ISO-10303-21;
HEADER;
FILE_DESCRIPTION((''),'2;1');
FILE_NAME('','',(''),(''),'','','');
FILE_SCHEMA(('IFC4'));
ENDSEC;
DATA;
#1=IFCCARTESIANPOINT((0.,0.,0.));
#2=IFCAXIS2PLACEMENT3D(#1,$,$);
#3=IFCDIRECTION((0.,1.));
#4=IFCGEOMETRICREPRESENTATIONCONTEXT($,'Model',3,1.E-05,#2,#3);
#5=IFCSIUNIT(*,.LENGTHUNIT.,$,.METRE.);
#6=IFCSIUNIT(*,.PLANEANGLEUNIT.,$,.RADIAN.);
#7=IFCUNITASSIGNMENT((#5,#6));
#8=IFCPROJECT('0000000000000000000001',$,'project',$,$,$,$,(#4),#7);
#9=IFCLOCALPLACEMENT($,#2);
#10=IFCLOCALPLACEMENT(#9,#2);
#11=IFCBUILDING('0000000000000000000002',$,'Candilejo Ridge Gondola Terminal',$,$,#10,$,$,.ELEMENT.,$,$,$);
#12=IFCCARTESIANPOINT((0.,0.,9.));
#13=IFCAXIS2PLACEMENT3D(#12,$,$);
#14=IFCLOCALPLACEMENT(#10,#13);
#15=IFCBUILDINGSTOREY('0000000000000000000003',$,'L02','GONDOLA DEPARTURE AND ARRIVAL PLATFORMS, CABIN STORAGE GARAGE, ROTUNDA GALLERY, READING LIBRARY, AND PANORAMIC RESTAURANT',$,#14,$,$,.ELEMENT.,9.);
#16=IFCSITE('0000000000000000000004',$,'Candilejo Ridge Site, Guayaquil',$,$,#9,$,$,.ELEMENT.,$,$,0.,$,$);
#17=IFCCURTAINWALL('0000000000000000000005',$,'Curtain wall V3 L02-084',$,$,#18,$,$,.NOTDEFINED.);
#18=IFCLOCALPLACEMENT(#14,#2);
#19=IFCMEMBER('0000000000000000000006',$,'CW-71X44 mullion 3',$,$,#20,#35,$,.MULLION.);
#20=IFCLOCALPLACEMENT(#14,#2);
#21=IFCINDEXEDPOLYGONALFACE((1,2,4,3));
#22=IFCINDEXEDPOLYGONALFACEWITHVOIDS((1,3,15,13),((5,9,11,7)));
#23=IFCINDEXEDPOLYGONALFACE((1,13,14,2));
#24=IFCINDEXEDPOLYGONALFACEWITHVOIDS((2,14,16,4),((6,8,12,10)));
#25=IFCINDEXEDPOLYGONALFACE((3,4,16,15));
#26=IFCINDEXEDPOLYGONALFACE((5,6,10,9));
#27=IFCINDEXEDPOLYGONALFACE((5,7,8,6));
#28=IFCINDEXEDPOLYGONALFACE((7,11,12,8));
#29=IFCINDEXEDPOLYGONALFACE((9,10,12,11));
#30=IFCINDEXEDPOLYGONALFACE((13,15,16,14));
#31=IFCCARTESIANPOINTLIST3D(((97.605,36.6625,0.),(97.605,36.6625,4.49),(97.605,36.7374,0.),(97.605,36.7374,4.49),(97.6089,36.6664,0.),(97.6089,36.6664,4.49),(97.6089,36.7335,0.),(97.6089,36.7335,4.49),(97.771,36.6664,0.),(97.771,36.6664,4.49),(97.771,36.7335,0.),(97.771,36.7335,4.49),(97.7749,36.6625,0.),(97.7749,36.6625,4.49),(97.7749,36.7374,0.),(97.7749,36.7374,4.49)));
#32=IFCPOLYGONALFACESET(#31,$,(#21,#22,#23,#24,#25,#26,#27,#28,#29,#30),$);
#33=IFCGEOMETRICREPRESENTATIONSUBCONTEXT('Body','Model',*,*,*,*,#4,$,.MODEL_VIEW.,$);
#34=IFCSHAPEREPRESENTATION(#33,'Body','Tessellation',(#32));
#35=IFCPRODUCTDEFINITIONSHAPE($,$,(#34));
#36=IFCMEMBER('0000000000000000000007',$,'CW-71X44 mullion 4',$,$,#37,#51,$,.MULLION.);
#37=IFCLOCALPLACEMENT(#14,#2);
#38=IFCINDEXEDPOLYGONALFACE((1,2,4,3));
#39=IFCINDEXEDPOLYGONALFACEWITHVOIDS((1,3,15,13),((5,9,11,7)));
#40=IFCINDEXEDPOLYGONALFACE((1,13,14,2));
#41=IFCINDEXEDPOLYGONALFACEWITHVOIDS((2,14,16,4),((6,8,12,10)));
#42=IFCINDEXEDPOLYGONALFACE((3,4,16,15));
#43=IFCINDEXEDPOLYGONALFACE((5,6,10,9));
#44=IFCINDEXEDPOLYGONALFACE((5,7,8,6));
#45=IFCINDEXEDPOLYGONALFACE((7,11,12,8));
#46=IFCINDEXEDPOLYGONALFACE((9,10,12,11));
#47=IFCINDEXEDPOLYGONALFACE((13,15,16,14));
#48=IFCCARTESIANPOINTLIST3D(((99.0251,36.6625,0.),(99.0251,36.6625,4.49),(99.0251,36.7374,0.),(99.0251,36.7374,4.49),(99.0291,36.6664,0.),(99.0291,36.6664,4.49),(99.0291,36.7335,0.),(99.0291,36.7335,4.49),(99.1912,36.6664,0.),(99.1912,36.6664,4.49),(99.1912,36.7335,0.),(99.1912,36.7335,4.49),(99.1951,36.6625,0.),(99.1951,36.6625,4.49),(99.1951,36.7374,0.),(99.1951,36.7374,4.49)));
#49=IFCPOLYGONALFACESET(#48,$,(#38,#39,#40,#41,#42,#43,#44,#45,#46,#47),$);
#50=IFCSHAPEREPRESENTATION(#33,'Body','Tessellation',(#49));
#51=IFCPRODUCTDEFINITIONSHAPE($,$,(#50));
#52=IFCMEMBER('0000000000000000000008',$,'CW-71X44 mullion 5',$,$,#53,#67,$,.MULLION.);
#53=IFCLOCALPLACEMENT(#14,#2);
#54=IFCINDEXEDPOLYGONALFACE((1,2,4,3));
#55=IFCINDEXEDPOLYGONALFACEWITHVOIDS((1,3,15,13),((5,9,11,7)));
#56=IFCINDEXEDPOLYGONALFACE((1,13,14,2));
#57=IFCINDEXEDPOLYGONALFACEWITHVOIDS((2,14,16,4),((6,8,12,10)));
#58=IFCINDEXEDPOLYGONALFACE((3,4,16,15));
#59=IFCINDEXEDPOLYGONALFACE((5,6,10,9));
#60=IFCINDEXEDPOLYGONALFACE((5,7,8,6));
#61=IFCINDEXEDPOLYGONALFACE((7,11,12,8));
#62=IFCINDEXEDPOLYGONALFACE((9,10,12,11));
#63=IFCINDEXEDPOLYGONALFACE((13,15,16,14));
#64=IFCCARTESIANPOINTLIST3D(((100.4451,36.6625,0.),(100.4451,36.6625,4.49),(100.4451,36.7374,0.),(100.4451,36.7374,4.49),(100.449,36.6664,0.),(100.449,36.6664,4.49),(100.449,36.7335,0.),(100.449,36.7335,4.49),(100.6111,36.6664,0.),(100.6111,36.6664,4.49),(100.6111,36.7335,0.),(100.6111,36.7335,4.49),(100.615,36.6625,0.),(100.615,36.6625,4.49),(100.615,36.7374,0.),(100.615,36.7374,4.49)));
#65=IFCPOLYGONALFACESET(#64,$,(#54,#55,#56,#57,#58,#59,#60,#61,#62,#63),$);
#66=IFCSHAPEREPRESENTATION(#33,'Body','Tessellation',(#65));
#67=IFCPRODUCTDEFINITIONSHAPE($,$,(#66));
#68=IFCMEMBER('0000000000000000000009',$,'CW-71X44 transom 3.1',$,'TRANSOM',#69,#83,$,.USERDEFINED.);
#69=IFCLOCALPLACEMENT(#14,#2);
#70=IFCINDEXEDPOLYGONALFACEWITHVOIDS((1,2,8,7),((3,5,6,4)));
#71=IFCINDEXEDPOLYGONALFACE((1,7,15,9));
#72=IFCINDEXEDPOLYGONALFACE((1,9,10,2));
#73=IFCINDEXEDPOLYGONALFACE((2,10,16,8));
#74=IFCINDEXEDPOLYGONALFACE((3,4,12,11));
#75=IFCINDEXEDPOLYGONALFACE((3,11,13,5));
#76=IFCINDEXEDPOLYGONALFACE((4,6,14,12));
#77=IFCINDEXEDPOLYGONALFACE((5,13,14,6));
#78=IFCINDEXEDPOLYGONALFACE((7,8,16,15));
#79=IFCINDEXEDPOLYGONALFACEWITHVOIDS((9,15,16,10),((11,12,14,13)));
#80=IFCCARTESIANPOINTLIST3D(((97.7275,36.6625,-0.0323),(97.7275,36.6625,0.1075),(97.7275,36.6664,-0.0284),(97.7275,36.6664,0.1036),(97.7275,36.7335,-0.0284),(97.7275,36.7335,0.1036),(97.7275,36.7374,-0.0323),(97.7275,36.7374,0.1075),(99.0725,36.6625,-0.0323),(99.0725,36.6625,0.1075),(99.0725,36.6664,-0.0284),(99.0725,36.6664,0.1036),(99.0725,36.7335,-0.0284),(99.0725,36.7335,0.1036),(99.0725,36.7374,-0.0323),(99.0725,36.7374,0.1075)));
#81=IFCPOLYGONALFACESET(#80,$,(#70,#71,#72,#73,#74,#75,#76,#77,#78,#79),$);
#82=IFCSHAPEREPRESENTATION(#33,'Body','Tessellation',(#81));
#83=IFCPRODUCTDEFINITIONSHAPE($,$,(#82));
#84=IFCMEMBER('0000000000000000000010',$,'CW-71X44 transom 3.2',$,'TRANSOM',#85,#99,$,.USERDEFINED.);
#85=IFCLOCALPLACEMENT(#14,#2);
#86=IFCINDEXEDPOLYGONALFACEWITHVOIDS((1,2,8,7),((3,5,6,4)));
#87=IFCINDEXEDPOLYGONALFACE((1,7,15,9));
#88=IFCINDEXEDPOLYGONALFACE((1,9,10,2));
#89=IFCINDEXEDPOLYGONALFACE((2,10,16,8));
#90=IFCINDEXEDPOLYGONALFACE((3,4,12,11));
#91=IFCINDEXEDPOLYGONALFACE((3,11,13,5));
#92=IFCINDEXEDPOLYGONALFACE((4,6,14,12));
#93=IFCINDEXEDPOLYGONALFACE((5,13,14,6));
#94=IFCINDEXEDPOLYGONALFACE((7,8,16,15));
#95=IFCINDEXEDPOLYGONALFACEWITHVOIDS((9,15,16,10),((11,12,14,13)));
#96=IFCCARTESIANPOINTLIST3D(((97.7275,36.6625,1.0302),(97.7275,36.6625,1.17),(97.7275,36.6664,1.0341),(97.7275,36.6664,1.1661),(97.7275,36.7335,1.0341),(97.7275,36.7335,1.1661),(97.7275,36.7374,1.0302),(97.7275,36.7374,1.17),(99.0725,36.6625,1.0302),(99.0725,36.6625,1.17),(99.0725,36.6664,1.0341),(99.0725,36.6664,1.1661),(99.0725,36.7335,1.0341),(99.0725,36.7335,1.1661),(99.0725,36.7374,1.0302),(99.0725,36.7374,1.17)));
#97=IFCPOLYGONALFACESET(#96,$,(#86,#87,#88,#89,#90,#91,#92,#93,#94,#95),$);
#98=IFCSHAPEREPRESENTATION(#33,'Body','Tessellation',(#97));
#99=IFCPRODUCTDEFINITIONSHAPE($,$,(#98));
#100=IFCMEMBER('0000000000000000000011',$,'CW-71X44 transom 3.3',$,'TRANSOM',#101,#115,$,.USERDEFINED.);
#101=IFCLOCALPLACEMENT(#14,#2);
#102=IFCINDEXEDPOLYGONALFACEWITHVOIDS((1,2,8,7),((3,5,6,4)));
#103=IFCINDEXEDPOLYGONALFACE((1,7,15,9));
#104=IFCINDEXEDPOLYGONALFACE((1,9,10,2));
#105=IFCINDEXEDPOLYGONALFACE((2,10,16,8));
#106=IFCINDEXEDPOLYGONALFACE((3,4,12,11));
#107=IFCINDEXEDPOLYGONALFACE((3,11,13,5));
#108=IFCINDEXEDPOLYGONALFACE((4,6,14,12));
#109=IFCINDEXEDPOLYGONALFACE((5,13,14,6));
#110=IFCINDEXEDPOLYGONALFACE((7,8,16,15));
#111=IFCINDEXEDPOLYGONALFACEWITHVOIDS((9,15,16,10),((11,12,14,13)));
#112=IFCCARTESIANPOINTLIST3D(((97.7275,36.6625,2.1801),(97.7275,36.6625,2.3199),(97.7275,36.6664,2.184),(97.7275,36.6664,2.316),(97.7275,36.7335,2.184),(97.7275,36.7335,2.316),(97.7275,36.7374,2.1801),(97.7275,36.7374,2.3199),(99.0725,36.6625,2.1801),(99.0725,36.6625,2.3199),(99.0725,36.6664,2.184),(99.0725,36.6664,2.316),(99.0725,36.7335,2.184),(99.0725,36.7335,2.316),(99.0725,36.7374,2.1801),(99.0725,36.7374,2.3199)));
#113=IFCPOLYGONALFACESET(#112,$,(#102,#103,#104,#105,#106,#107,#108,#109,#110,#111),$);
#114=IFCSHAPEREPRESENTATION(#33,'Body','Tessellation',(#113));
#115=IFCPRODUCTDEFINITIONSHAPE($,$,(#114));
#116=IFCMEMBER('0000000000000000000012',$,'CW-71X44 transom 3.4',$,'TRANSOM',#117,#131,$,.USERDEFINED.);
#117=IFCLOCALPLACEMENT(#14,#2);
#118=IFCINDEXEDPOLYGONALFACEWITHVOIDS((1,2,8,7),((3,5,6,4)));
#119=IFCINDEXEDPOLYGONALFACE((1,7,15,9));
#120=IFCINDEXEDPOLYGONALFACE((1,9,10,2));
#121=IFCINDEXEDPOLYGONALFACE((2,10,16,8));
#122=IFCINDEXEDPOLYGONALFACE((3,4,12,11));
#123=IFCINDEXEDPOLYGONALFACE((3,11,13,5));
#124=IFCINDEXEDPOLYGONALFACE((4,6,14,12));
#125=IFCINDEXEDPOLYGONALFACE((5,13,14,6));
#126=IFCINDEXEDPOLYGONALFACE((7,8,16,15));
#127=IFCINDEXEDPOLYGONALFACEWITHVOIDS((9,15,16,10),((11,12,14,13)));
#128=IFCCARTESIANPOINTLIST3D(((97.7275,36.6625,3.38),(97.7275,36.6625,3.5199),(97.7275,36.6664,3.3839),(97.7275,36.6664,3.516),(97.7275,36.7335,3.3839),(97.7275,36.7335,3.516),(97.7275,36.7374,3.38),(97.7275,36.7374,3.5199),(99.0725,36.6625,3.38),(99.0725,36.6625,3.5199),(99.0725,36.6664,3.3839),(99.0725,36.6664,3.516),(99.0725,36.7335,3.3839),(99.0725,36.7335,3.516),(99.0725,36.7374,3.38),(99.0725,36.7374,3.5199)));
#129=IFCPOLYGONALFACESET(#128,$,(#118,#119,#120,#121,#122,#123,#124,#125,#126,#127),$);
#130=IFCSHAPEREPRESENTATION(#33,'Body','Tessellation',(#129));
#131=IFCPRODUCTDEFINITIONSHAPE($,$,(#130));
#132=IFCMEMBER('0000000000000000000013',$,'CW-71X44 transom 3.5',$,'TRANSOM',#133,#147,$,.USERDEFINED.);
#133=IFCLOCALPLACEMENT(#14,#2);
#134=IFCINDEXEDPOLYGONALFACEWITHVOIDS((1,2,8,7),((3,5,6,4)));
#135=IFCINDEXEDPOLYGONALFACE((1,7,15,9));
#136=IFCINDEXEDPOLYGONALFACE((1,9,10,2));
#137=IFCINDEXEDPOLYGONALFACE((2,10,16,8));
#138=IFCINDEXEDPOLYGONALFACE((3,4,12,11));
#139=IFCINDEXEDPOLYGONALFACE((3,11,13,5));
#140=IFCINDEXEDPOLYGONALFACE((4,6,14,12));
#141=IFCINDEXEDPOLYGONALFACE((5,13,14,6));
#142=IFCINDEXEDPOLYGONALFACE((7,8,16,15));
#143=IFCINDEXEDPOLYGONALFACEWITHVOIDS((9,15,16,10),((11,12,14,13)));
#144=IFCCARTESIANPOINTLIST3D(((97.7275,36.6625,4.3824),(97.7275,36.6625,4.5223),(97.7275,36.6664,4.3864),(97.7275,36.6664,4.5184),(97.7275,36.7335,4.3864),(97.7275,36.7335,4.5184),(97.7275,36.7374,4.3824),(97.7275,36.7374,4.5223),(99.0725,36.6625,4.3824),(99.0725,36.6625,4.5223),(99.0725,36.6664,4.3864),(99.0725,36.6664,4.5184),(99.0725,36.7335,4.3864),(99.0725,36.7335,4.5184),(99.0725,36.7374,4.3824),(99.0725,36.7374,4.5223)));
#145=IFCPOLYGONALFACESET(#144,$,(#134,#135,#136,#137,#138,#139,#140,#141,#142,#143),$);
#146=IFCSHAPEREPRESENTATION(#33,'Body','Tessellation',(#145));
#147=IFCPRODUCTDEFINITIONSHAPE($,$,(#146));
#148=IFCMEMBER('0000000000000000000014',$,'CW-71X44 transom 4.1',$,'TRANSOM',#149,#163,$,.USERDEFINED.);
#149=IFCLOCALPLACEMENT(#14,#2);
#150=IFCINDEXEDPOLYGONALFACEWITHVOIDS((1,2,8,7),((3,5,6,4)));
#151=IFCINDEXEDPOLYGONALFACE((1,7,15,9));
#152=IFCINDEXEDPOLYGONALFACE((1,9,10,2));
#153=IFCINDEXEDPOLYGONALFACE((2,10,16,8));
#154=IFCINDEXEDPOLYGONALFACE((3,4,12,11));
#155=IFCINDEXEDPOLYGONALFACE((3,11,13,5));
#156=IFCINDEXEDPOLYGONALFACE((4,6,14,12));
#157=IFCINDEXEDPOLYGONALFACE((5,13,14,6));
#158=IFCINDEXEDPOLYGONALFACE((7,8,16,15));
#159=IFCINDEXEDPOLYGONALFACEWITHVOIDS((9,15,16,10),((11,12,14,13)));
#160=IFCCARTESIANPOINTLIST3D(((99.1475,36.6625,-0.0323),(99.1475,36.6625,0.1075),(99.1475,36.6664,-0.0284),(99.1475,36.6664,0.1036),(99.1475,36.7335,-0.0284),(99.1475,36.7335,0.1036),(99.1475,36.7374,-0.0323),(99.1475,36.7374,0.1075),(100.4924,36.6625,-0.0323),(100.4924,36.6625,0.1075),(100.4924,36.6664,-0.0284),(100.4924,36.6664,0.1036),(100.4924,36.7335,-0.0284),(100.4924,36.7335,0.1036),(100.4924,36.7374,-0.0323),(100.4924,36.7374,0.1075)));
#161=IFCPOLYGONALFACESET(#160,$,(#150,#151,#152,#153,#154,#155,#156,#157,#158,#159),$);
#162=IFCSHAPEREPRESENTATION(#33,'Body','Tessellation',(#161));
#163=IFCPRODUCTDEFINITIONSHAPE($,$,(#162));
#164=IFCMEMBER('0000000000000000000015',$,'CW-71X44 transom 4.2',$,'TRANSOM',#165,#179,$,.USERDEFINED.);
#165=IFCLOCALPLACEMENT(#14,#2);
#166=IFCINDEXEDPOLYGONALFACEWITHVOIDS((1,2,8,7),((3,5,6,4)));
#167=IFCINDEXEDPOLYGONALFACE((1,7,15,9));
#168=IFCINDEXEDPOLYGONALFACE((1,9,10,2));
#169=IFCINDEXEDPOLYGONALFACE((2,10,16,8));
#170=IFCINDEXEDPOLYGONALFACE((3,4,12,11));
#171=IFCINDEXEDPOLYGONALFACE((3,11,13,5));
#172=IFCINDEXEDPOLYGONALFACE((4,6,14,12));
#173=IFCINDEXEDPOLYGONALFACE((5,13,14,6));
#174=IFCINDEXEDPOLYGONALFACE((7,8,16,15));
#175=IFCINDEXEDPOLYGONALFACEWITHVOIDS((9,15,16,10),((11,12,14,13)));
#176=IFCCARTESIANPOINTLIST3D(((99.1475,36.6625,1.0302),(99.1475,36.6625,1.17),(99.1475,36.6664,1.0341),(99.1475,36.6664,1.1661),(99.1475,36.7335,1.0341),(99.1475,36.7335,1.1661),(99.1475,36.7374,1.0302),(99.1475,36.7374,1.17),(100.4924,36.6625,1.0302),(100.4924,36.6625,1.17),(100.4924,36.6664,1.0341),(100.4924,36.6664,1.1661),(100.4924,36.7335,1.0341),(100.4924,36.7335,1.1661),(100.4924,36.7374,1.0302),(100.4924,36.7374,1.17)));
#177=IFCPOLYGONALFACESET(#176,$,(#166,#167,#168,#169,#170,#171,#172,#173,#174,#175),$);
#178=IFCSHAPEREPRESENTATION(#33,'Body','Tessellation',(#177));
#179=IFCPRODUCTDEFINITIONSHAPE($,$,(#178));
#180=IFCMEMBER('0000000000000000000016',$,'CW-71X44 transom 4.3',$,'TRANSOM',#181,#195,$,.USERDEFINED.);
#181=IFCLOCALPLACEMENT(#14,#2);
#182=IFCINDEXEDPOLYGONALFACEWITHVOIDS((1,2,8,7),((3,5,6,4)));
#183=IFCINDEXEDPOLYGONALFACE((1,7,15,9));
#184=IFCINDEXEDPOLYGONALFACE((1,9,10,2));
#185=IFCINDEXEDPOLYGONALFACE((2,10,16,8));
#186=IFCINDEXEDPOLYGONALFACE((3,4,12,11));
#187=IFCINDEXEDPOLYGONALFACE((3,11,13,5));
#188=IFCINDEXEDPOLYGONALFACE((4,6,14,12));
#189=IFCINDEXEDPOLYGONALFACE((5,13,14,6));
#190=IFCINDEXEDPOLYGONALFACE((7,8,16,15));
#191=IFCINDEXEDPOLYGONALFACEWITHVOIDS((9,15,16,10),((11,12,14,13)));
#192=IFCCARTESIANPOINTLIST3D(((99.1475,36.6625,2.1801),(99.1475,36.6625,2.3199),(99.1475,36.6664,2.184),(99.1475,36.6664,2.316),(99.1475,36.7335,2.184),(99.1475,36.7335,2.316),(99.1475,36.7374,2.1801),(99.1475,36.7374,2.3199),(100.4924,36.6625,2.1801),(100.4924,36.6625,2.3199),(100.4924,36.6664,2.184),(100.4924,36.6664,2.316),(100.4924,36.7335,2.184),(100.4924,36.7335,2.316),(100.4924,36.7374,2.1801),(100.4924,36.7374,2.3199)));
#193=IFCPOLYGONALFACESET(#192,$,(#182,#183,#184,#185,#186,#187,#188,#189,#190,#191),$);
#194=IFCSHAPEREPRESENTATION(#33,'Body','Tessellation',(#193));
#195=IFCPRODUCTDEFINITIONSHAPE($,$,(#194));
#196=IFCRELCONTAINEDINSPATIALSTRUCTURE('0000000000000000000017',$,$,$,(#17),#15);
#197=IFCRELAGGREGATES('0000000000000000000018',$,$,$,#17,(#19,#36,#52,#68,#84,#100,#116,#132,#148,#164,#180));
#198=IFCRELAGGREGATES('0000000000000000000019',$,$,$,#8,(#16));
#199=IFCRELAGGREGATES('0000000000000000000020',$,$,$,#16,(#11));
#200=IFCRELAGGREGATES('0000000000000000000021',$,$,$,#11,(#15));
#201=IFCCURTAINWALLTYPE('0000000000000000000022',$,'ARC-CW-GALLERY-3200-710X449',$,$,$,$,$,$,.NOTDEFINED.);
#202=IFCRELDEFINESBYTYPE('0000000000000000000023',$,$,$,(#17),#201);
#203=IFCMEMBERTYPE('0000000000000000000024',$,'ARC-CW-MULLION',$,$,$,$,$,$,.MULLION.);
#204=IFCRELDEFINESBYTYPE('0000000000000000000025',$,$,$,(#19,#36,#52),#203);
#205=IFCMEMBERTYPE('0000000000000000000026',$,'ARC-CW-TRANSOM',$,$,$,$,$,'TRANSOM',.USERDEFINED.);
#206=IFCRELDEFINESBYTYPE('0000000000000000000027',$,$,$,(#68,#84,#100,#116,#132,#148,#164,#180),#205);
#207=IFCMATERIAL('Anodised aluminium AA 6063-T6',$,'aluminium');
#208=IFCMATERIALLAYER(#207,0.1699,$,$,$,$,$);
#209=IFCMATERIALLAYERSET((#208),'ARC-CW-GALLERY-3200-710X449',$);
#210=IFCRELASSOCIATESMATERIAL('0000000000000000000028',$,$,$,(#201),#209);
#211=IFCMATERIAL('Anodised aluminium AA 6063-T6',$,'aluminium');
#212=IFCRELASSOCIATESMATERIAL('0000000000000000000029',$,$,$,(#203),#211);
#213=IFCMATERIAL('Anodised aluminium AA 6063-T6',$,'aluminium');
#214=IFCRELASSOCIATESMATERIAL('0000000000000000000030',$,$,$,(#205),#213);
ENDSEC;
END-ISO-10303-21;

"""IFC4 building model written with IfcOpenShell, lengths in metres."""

from ifc_helpers import new_model, si_unit, direction, frame, origin, origin_2d, place, context, subcontext, project, spatial, hollow_rectangle, extrude, material, layer, layer_set, material_profile, profile_set, type_object, element, aggregate, save


model = new_model("IFC4")

# Units and contexts
model_context = context("Model", 3, precision=1e-05, world=origin(), true_north=direction((0.0, 1.0)))
body_context = subcontext(model_context, "Body", "Model", "MODEL_VIEW")
ifc_project = project(units=[si_unit("LENGTHUNIT", "METRE"), si_unit("PLANEANGLEUNIT", "RADIAN")], contexts=[model_context])

# Site, building, storey
site_placement = place(None, origin())
site = spatial("IfcSite", under=ifc_project, at=site_placement, Name="Candilejo Ridge Site, Guayaquil", CompositionType="ELEMENT", RefElevation=0.0)
building_placement = place(site_placement, origin())
building = spatial("IfcBuilding", under=site, at=building_placement, Name="Candilejo Ridge Gondola Terminal", CompositionType="ELEMENT")
storey_placement = place(building_placement, frame((0.0, 0.0, 9.0)))
storey = spatial("IfcBuildingStorey", under=building, at=storey_placement, Name="L02", Description="GONDOLA DEPARTURE AND ARRIVAL PLATFORMS, CABIN STORAGE GARAGE, ROTUNDA GALLERY, READING LIBRARY, AND PANORAMIC RESTAURANT", CompositionType="ELEMENT", Elevation=9.0)

# Curtain wall, members
ifc_material_1 = material(Name="Anodised aluminium AA 6063-T6", Category="aluminium")
ifc_layer_1 = layer(ifc_material_1, 0.1699)
ifc_layer_set_1 = layer_set([ifc_layer_1], Name="ARC-CW-GALLERY-3200-710X449")
curtain_wall_type = type_object("IfcCurtainWallType", Name="ARC-CW-GALLERY-3200-710X449", PredefinedType="NOTDEFINED", material=ifc_layer_set_1)
curtain_wall_placement = place(storey_placement, origin())
curtain_wall = element("IfcCurtainWall", 1, at=curtain_wall_placement, inside=storey, type_object=curtain_wall_type, Name="Curtain wall V3 L02-084", PredefinedType="NOTDEFINED")
ifc_material_2 = material(Name="Anodised aluminium AA 6063-T6", Category="aluminium")
ifc_material_profile_1 = material_profile(ifc_material_2, hollow_rectangle(XDim=0.075, YDim=0.1699, WallThickness=0.0039, at=origin_2d()))
ifc_profile_set_1 = profile_set([ifc_material_profile_1], Name="Anodised aluminium AA 6063-T6")
member_type_1 = type_object("IfcMemberType", Name="ARC-CW-MULLION", PredefinedType="MULLION", material=ifc_profile_set_1)
member_1_placement = place(storey_placement, frame((97.6899, 36.7, 0.0), z_axis=(0.0, 0.0, 1.0), x_axis=(0.0, 1.0, 0.0)))
member_1 = element("IfcMember", 2, at=member_1_placement, type_object=member_type_1, Name="CW-71X44 mullion 3", PredefinedType="MULLION", context=body_context, shape_type="SweptSolid", body=[
    extrude(hollow_rectangle(XDim=0.075, YDim=0.1699, WallThickness=0.0039, at=origin_2d()), origin(), (0.0, 0.0, 1.0), 4.49),
])
member_2_placement = place(storey_placement, frame((99.1101, 36.7, 0.0), z_axis=(0.0, 0.0, 1.0), x_axis=(0.0, 1.0, 0.0)))
member_2 = element("IfcMember", 3, at=member_2_placement, type_object=member_type_1, Name="CW-71X44 mullion 4", PredefinedType="MULLION", context=body_context, shape_type="SweptSolid", body=[
    extrude(hollow_rectangle(XDim=0.075, YDim=0.1699, WallThickness=0.0039, at=origin_2d()), origin(), (0.0, 0.0, 1.0), 4.49),
])
member_3_placement = place(storey_placement, frame((100.53, 36.7, 0.0), z_axis=(0.0, 0.0, 1.0), x_axis=(0.0, 1.0, 0.0)))
member_3 = element("IfcMember", 4, at=member_3_placement, type_object=member_type_1, Name="CW-71X44 mullion 5", PredefinedType="MULLION", context=body_context, shape_type="SweptSolid", body=[
    extrude(hollow_rectangle(XDim=0.075, YDim=0.1699, WallThickness=0.0039, at=origin_2d()), origin(), (0.0, 0.0, 1.0), 4.49),
])
ifc_material_3 = material(Name="Anodised aluminium AA 6063-T6", Category="aluminium")
ifc_material_profile_2 = material_profile(ifc_material_3, hollow_rectangle(XDim=0.075, YDim=0.1399, WallThickness=0.0039, at=origin_2d()))
ifc_profile_set_2 = profile_set([ifc_material_profile_2], Name="Anodised aluminium AA 6063-T6")
member_type_2 = type_object("IfcMemberType", Name="ARC-CW-TRANSOM", ElementType="TRANSOM", PredefinedType="USERDEFINED", material=ifc_profile_set_2)
member_4_placement = place(storey_placement, frame((97.7275, 36.7, 0.0376), z_axis=(1.0, 0.0, 0.0), x_axis=(0.0, 1.0, 0.0)))
member_4 = element("IfcMember", 5, at=member_4_placement, type_object=member_type_2, Name="CW-71X44 transom 3.1", ObjectType="TRANSOM", PredefinedType="USERDEFINED", context=body_context, shape_type="SweptSolid", body=[
    extrude(hollow_rectangle(XDim=0.075, YDim=0.1399, WallThickness=0.0039, at=origin_2d()), origin(), (0.0, 0.0, 1.0), 1.345),
])
member_5_placement = place(storey_placement, frame((97.7275, 36.7, 1.1001), z_axis=(1.0, 0.0, 0.0), x_axis=(0.0, 1.0, 0.0)))
member_5 = element("IfcMember", 6, at=member_5_placement, type_object=member_type_2, Name="CW-71X44 transom 3.2", ObjectType="TRANSOM", PredefinedType="USERDEFINED", context=body_context, shape_type="SweptSolid", body=[
    extrude(hollow_rectangle(XDim=0.075, YDim=0.1399, WallThickness=0.0039, at=origin_2d()), origin(), (0.0, 0.0, 1.0), 1.345),
])
member_6_placement = place(storey_placement, frame((97.7275, 36.7, 2.25), z_axis=(1.0, 0.0, 0.0), x_axis=(0.0, 1.0, 0.0)))
member_6 = element("IfcMember", 7, at=member_6_placement, type_object=member_type_2, Name="CW-71X44 transom 3.3", ObjectType="TRANSOM", PredefinedType="USERDEFINED", context=body_context, shape_type="SweptSolid", body=[
    extrude(hollow_rectangle(XDim=0.075, YDim=0.1399, WallThickness=0.0039, at=origin_2d()), origin(), (0.0, 0.0, 1.0), 1.345),
])
member_7_placement = place(storey_placement, frame((97.7275, 36.7, 3.45), z_axis=(1.0, 0.0, 0.0), x_axis=(0.0, 1.0, 0.0)))
member_7 = element("IfcMember", 8, at=member_7_placement, type_object=member_type_2, Name="CW-71X44 transom 3.4", ObjectType="TRANSOM", PredefinedType="USERDEFINED", context=body_context, shape_type="SweptSolid", body=[
    extrude(hollow_rectangle(XDim=0.075, YDim=0.1399, WallThickness=0.0039, at=origin_2d()), origin(), (0.0, 0.0, 1.0), 1.345),
])
member_8_placement = place(storey_placement, frame((97.7275, 36.7, 4.4524), z_axis=(1.0, 0.0, 0.0), x_axis=(0.0, 1.0, 0.0)))
member_8 = element("IfcMember", 9, at=member_8_placement, type_object=member_type_2, Name="CW-71X44 transom 3.5", ObjectType="TRANSOM", PredefinedType="USERDEFINED", context=body_context, shape_type="SweptSolid", body=[
    extrude(hollow_rectangle(XDim=0.075, YDim=0.1399, WallThickness=0.0039, at=origin_2d()), origin(), (0.0, 0.0, 1.0), 1.345),
])
member_9_placement = place(storey_placement, frame((99.1475, 36.7, 0.0376), z_axis=(1.0, 0.0, 0.0), x_axis=(0.0, 1.0, 0.0)))
member_9 = element("IfcMember", 10, at=member_9_placement, type_object=member_type_2, Name="CW-71X44 transom 4.1", ObjectType="TRANSOM", PredefinedType="USERDEFINED", context=body_context, shape_type="SweptSolid", body=[
    extrude(hollow_rectangle(XDim=0.075, YDim=0.1399, WallThickness=0.0039, at=origin_2d()), origin(), (0.0, 0.0, 1.0), 1.345),
])
member_10_placement = place(storey_placement, frame((99.1475, 36.7, 1.1001), z_axis=(1.0, 0.0, 0.0), x_axis=(0.0, 1.0, 0.0)))
member_10 = element("IfcMember", 11, at=member_10_placement, type_object=member_type_2, Name="CW-71X44 transom 4.2", ObjectType="TRANSOM", PredefinedType="USERDEFINED", context=body_context, shape_type="SweptSolid", body=[
    extrude(hollow_rectangle(XDim=0.075, YDim=0.1399, WallThickness=0.0039, at=origin_2d()), origin(), (0.0, 0.0, 1.0), 1.345),
])
member_11_placement = place(storey_placement, frame((99.1475, 36.7, 2.25), z_axis=(1.0, 0.0, 0.0), x_axis=(0.0, 1.0, 0.0)))
member_11 = element("IfcMember", 12, at=member_11_placement, type_object=member_type_2, Name="CW-71X44 transom 4.3", ObjectType="TRANSOM", PredefinedType="USERDEFINED", context=body_context, shape_type="SweptSolid", body=[
    extrude(hollow_rectangle(XDim=0.075, YDim=0.1399, WallThickness=0.0039, at=origin_2d()), origin(), (0.0, 0.0, 1.0), 1.345),
])
aggregate(curtain_wall, [member_1, member_2, member_3, member_4, member_5, member_6, member_7, member_8, member_9, member_10, member_11])

save(model, "model.ifc")
